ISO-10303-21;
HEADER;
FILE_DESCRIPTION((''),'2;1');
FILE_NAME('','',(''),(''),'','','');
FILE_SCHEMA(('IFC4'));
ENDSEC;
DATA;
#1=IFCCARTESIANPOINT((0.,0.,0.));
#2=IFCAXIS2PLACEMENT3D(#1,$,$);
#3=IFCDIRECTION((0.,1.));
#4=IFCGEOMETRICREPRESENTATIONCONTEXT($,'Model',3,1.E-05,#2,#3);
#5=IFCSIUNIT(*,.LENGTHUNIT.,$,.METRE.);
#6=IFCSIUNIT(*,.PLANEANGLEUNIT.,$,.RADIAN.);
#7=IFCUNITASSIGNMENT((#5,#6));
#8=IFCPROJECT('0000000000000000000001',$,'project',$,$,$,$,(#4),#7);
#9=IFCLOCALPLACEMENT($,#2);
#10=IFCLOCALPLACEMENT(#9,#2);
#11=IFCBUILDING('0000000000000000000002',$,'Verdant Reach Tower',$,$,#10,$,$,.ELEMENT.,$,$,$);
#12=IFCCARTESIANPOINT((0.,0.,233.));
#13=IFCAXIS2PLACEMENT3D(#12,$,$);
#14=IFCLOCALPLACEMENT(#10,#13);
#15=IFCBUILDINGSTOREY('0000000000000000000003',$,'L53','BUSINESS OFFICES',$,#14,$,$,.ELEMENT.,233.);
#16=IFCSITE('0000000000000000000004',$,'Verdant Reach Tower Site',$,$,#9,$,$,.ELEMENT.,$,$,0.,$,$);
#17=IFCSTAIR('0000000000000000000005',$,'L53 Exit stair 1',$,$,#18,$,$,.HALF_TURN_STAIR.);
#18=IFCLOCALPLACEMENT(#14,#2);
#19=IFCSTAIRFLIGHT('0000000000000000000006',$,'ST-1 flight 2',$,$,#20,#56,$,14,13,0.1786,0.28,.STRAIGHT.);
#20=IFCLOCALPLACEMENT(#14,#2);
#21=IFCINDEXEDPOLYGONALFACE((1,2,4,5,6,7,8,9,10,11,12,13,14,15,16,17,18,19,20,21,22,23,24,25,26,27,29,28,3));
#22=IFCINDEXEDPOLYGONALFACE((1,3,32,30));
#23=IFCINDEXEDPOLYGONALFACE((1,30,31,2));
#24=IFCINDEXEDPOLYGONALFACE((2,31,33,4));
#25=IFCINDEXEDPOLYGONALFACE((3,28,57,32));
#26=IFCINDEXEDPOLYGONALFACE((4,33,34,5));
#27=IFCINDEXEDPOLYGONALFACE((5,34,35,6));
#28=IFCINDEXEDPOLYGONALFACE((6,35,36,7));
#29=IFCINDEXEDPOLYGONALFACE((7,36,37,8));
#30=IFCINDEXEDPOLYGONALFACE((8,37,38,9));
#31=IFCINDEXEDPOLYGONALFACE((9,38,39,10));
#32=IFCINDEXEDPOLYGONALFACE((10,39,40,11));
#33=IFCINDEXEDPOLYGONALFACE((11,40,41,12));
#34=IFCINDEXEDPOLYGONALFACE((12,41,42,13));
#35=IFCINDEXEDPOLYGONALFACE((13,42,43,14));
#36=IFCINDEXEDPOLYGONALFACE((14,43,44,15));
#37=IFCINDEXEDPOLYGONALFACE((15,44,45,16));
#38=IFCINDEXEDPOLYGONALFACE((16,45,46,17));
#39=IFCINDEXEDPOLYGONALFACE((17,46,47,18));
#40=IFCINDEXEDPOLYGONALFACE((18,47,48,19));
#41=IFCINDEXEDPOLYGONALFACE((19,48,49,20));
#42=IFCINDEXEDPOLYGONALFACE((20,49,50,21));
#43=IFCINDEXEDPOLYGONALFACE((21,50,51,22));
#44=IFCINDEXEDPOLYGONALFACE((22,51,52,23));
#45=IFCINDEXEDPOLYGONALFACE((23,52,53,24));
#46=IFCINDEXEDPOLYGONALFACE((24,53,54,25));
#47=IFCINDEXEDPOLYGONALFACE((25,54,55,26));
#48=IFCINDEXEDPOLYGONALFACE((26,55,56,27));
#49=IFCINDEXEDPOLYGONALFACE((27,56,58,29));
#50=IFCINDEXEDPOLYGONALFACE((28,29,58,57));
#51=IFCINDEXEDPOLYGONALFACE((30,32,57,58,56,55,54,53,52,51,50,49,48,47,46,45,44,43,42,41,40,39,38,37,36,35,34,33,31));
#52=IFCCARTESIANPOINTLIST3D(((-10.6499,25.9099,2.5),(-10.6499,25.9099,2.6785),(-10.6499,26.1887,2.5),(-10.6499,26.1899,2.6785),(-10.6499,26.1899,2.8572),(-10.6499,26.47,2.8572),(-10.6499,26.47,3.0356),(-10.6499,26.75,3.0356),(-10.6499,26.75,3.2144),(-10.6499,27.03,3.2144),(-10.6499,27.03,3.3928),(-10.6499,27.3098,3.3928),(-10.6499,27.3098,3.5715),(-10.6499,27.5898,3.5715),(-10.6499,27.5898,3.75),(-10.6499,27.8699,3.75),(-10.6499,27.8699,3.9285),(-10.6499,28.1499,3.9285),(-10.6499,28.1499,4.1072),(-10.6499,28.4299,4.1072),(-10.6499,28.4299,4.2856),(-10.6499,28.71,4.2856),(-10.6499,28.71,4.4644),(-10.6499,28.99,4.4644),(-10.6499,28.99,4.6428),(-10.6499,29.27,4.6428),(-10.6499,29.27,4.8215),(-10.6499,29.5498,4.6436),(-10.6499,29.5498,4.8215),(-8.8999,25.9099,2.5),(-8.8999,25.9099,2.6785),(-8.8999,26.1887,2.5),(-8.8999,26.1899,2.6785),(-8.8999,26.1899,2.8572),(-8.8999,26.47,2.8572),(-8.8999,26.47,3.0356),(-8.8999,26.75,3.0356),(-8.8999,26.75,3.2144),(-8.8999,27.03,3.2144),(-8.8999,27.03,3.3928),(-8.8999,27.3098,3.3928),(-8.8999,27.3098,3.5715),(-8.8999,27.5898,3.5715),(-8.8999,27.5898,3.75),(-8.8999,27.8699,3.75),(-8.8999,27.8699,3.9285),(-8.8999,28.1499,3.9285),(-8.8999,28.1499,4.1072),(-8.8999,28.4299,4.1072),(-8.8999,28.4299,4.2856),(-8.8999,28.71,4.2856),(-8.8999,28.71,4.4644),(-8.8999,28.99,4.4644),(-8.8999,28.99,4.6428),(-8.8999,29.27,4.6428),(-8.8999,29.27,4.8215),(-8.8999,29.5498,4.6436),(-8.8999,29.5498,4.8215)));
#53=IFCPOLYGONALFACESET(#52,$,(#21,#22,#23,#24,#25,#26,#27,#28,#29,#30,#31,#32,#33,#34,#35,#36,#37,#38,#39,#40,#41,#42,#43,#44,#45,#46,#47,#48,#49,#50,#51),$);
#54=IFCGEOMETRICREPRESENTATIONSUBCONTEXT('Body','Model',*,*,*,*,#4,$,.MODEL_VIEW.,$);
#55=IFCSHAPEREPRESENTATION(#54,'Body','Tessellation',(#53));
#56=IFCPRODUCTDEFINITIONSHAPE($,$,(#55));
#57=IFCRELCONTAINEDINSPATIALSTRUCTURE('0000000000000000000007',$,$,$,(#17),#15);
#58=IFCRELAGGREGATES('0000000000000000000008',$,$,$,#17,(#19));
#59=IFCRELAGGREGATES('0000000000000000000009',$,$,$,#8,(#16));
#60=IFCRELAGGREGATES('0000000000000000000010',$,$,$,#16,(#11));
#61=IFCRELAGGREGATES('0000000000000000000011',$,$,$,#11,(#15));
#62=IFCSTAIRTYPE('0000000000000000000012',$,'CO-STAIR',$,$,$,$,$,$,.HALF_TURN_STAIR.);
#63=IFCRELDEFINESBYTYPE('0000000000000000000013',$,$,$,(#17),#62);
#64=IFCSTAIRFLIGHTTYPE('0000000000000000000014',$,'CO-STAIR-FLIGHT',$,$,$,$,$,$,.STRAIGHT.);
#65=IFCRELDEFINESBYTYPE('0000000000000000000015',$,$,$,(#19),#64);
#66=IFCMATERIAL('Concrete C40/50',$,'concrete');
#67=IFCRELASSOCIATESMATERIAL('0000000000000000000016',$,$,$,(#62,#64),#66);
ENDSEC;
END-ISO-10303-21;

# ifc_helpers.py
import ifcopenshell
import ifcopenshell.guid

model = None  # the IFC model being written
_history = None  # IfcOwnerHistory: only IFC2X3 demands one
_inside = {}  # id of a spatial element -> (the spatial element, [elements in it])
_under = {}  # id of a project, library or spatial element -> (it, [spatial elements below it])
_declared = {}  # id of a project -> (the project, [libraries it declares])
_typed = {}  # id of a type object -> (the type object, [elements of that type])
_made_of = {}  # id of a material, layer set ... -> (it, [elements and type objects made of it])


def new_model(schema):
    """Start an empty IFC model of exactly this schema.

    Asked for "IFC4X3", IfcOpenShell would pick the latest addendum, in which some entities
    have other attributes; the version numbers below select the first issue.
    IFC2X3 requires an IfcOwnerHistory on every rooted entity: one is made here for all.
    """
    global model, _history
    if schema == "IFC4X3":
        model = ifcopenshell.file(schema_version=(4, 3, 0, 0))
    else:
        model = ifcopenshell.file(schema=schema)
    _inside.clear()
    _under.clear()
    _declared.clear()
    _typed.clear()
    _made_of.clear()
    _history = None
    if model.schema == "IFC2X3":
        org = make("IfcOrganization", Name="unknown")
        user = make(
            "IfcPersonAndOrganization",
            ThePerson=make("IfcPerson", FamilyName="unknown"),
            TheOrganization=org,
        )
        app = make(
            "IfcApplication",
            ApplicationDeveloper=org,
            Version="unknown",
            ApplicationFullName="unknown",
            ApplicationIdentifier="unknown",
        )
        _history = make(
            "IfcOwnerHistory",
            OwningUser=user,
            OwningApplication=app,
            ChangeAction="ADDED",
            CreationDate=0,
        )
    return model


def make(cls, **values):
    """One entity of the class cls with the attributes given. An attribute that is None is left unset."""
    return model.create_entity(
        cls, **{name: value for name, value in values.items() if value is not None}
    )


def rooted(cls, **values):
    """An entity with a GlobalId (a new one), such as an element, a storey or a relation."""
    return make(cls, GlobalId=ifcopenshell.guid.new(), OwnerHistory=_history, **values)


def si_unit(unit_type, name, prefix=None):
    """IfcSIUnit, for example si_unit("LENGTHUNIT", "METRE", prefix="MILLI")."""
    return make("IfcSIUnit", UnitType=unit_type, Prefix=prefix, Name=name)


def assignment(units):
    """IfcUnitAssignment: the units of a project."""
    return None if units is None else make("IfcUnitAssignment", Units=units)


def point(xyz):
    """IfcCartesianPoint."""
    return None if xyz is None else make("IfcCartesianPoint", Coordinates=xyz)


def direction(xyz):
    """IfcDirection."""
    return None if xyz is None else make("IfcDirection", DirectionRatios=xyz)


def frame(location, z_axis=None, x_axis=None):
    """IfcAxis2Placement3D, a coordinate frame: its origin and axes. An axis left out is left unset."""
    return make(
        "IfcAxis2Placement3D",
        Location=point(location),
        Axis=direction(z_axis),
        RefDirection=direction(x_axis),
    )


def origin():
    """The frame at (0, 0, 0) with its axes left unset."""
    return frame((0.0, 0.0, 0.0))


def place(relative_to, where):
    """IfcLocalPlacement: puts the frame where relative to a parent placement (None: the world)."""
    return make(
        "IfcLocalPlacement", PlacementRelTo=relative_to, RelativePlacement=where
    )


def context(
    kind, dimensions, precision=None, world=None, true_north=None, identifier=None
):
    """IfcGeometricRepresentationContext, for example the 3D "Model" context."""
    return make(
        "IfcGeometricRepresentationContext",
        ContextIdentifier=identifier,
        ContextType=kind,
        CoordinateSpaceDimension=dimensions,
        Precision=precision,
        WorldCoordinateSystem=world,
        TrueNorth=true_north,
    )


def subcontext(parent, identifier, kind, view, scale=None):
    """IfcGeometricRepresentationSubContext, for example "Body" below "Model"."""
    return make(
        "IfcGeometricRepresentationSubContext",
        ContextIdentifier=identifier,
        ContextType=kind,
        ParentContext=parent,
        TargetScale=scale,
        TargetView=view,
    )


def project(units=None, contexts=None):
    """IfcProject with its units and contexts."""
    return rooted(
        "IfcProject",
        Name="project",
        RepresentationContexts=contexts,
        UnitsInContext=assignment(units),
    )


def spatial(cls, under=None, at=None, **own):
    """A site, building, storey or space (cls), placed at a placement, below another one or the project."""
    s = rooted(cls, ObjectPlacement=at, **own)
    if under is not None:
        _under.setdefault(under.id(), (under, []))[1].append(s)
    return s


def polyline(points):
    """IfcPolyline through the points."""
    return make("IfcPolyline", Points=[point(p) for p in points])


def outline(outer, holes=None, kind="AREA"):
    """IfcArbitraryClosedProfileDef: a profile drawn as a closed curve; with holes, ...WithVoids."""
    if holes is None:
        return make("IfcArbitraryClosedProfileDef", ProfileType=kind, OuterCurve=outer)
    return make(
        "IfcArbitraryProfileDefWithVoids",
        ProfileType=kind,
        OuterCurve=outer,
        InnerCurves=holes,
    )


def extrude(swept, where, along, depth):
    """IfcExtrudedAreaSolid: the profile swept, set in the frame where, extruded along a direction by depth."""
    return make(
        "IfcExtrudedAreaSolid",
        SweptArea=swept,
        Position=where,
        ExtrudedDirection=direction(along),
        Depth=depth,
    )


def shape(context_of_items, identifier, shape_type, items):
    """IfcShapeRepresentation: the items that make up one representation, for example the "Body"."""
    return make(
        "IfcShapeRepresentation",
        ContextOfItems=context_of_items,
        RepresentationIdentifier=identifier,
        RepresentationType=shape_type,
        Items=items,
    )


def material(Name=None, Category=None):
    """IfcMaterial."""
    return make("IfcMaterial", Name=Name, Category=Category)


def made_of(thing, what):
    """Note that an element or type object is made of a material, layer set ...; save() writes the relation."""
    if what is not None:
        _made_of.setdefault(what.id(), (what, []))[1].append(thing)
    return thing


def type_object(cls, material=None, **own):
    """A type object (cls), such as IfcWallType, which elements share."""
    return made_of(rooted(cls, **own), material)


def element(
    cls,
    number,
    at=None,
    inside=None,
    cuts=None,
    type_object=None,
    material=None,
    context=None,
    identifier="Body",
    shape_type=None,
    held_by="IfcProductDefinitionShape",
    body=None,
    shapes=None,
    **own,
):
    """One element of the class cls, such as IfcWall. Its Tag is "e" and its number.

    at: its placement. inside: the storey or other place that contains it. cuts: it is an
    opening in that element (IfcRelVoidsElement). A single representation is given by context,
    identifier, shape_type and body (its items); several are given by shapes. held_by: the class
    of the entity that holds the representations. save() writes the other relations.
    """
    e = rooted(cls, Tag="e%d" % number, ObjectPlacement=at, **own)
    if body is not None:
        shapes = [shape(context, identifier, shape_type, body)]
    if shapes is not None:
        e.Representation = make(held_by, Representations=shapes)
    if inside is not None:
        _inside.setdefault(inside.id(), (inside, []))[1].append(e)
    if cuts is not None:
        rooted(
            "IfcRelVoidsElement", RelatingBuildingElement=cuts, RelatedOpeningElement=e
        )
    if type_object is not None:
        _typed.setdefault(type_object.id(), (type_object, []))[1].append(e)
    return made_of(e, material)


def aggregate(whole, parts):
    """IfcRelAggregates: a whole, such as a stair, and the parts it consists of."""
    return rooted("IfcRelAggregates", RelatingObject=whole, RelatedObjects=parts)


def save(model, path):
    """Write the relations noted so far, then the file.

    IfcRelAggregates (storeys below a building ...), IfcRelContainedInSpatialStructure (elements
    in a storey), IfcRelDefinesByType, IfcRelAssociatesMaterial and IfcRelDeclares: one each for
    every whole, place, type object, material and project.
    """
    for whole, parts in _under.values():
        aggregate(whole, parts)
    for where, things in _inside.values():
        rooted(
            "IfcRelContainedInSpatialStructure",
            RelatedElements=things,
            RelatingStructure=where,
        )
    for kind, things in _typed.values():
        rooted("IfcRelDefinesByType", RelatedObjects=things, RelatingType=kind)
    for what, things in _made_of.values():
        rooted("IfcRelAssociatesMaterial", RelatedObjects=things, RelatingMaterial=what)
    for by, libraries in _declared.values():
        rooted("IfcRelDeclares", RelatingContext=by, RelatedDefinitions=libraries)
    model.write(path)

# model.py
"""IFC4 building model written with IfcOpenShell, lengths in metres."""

from ifc_helpers import new_model, si_unit, direction, frame, origin, place, context, subcontext, project, spatial, polyline, outline, extrude, material, type_object, element, aggregate, save


model = new_model("IFC4")

# Units and contexts
model_context = context("Model", 3, precision=1e-05, world=origin(), true_north=direction((0.0, 1.0)))
body_context = subcontext(model_context, "Body", "Model", "MODEL_VIEW")
ifc_project = project(units=[si_unit("LENGTHUNIT", "METRE"), si_unit("PLANEANGLEUNIT", "RADIAN")], contexts=[model_context])

# Site, building, storey
site_placement = place(None, origin())
site = spatial("IfcSite", under=ifc_project, at=site_placement, Name="Verdant Reach Tower Site", CompositionType="ELEMENT", RefElevation=0.0)
building_placement = place(site_placement, origin())
building = spatial("IfcBuilding", under=site, at=building_placement, Name="Verdant Reach Tower", CompositionType="ELEMENT")
storey_placement = place(building_placement, frame((0.0, 0.0, 233.0)))
storey = spatial("IfcBuildingStorey", under=building, at=storey_placement, Name="L53", Description="BUSINESS OFFICES", CompositionType="ELEMENT", Elevation=233.0)

# Shared definitions
ifc_material_1 = material(Name="Concrete C40/50", Category="concrete")

# Stair, stair flight
stair_type = type_object("IfcStairType", Name="CO-STAIR", PredefinedType="HALF_TURN_STAIR", material=ifc_material_1)
stair_placement = place(storey_placement, origin())
stair = element("IfcStair", 1, at=stair_placement, inside=storey, type_object=stair_type, Name="L53 Exit stair 1", PredefinedType="HALF_TURN_STAIR")
stair_flight_type = type_object("IfcStairFlightType", Name="CO-STAIR-FLIGHT", PredefinedType="STRAIGHT", material=ifc_material_1)
stair_flight_placement = place(storey_placement, frame((-9.7749, 25.9099, 2.5), z_axis=(0.0, 0.0, 1.0), x_axis=(0.0, 1.0, 0.0)))
stair_flight = element("IfcStairFlight", 2, at=stair_flight_placement, type_object=stair_flight_type, Name="ST-1 flight 2", NumberOfRisers=14, NumberOfTreads=13, PredefinedType="STRAIGHT", RiserHeight=0.1786, TreadLength=0.28, context=body_context, shape_type="SweptSolid", body=[
    extrude(outline(polyline([(0.0, 0.0), (0.0, 0.1785), (0.28, 0.1785), (0.28, 0.3572), (0.5601, 0.3572), (0.5601, 0.5356), (0.8401, 0.5356), (0.8401, 0.7144), (1.1201, 0.7144), (1.1201, 0.8928), (1.3999, 0.8928), (1.3999, 1.0715), (1.6799, 1.0715), (1.6799, 1.25), (1.96, 1.25), (1.96, 1.4285), (2.24, 1.4285), (2.24, 1.6072), (2.52, 1.6072), (2.52, 1.7856), (2.8, 1.7856), (2.8, 1.9644), (3.0801, 1.9644), (3.0801, 2.1428), (3.3601, 2.1428), (3.3601, 2.3215), (3.6399, 2.3215), (3.6399, 2.5), (3.6399, 2.1436), (0.2788, 0.0), (0.0, 0.0)])), frame((0.0, 0.875, 0.0), z_axis=(0.0, -1.0, 0.0), x_axis=(1.0, 0.0, 0.0)), (0.0, 0.0, 1.0), 1.75),
])
aggregate(stair, [stair_flight])

save(model, "model.ifc")
